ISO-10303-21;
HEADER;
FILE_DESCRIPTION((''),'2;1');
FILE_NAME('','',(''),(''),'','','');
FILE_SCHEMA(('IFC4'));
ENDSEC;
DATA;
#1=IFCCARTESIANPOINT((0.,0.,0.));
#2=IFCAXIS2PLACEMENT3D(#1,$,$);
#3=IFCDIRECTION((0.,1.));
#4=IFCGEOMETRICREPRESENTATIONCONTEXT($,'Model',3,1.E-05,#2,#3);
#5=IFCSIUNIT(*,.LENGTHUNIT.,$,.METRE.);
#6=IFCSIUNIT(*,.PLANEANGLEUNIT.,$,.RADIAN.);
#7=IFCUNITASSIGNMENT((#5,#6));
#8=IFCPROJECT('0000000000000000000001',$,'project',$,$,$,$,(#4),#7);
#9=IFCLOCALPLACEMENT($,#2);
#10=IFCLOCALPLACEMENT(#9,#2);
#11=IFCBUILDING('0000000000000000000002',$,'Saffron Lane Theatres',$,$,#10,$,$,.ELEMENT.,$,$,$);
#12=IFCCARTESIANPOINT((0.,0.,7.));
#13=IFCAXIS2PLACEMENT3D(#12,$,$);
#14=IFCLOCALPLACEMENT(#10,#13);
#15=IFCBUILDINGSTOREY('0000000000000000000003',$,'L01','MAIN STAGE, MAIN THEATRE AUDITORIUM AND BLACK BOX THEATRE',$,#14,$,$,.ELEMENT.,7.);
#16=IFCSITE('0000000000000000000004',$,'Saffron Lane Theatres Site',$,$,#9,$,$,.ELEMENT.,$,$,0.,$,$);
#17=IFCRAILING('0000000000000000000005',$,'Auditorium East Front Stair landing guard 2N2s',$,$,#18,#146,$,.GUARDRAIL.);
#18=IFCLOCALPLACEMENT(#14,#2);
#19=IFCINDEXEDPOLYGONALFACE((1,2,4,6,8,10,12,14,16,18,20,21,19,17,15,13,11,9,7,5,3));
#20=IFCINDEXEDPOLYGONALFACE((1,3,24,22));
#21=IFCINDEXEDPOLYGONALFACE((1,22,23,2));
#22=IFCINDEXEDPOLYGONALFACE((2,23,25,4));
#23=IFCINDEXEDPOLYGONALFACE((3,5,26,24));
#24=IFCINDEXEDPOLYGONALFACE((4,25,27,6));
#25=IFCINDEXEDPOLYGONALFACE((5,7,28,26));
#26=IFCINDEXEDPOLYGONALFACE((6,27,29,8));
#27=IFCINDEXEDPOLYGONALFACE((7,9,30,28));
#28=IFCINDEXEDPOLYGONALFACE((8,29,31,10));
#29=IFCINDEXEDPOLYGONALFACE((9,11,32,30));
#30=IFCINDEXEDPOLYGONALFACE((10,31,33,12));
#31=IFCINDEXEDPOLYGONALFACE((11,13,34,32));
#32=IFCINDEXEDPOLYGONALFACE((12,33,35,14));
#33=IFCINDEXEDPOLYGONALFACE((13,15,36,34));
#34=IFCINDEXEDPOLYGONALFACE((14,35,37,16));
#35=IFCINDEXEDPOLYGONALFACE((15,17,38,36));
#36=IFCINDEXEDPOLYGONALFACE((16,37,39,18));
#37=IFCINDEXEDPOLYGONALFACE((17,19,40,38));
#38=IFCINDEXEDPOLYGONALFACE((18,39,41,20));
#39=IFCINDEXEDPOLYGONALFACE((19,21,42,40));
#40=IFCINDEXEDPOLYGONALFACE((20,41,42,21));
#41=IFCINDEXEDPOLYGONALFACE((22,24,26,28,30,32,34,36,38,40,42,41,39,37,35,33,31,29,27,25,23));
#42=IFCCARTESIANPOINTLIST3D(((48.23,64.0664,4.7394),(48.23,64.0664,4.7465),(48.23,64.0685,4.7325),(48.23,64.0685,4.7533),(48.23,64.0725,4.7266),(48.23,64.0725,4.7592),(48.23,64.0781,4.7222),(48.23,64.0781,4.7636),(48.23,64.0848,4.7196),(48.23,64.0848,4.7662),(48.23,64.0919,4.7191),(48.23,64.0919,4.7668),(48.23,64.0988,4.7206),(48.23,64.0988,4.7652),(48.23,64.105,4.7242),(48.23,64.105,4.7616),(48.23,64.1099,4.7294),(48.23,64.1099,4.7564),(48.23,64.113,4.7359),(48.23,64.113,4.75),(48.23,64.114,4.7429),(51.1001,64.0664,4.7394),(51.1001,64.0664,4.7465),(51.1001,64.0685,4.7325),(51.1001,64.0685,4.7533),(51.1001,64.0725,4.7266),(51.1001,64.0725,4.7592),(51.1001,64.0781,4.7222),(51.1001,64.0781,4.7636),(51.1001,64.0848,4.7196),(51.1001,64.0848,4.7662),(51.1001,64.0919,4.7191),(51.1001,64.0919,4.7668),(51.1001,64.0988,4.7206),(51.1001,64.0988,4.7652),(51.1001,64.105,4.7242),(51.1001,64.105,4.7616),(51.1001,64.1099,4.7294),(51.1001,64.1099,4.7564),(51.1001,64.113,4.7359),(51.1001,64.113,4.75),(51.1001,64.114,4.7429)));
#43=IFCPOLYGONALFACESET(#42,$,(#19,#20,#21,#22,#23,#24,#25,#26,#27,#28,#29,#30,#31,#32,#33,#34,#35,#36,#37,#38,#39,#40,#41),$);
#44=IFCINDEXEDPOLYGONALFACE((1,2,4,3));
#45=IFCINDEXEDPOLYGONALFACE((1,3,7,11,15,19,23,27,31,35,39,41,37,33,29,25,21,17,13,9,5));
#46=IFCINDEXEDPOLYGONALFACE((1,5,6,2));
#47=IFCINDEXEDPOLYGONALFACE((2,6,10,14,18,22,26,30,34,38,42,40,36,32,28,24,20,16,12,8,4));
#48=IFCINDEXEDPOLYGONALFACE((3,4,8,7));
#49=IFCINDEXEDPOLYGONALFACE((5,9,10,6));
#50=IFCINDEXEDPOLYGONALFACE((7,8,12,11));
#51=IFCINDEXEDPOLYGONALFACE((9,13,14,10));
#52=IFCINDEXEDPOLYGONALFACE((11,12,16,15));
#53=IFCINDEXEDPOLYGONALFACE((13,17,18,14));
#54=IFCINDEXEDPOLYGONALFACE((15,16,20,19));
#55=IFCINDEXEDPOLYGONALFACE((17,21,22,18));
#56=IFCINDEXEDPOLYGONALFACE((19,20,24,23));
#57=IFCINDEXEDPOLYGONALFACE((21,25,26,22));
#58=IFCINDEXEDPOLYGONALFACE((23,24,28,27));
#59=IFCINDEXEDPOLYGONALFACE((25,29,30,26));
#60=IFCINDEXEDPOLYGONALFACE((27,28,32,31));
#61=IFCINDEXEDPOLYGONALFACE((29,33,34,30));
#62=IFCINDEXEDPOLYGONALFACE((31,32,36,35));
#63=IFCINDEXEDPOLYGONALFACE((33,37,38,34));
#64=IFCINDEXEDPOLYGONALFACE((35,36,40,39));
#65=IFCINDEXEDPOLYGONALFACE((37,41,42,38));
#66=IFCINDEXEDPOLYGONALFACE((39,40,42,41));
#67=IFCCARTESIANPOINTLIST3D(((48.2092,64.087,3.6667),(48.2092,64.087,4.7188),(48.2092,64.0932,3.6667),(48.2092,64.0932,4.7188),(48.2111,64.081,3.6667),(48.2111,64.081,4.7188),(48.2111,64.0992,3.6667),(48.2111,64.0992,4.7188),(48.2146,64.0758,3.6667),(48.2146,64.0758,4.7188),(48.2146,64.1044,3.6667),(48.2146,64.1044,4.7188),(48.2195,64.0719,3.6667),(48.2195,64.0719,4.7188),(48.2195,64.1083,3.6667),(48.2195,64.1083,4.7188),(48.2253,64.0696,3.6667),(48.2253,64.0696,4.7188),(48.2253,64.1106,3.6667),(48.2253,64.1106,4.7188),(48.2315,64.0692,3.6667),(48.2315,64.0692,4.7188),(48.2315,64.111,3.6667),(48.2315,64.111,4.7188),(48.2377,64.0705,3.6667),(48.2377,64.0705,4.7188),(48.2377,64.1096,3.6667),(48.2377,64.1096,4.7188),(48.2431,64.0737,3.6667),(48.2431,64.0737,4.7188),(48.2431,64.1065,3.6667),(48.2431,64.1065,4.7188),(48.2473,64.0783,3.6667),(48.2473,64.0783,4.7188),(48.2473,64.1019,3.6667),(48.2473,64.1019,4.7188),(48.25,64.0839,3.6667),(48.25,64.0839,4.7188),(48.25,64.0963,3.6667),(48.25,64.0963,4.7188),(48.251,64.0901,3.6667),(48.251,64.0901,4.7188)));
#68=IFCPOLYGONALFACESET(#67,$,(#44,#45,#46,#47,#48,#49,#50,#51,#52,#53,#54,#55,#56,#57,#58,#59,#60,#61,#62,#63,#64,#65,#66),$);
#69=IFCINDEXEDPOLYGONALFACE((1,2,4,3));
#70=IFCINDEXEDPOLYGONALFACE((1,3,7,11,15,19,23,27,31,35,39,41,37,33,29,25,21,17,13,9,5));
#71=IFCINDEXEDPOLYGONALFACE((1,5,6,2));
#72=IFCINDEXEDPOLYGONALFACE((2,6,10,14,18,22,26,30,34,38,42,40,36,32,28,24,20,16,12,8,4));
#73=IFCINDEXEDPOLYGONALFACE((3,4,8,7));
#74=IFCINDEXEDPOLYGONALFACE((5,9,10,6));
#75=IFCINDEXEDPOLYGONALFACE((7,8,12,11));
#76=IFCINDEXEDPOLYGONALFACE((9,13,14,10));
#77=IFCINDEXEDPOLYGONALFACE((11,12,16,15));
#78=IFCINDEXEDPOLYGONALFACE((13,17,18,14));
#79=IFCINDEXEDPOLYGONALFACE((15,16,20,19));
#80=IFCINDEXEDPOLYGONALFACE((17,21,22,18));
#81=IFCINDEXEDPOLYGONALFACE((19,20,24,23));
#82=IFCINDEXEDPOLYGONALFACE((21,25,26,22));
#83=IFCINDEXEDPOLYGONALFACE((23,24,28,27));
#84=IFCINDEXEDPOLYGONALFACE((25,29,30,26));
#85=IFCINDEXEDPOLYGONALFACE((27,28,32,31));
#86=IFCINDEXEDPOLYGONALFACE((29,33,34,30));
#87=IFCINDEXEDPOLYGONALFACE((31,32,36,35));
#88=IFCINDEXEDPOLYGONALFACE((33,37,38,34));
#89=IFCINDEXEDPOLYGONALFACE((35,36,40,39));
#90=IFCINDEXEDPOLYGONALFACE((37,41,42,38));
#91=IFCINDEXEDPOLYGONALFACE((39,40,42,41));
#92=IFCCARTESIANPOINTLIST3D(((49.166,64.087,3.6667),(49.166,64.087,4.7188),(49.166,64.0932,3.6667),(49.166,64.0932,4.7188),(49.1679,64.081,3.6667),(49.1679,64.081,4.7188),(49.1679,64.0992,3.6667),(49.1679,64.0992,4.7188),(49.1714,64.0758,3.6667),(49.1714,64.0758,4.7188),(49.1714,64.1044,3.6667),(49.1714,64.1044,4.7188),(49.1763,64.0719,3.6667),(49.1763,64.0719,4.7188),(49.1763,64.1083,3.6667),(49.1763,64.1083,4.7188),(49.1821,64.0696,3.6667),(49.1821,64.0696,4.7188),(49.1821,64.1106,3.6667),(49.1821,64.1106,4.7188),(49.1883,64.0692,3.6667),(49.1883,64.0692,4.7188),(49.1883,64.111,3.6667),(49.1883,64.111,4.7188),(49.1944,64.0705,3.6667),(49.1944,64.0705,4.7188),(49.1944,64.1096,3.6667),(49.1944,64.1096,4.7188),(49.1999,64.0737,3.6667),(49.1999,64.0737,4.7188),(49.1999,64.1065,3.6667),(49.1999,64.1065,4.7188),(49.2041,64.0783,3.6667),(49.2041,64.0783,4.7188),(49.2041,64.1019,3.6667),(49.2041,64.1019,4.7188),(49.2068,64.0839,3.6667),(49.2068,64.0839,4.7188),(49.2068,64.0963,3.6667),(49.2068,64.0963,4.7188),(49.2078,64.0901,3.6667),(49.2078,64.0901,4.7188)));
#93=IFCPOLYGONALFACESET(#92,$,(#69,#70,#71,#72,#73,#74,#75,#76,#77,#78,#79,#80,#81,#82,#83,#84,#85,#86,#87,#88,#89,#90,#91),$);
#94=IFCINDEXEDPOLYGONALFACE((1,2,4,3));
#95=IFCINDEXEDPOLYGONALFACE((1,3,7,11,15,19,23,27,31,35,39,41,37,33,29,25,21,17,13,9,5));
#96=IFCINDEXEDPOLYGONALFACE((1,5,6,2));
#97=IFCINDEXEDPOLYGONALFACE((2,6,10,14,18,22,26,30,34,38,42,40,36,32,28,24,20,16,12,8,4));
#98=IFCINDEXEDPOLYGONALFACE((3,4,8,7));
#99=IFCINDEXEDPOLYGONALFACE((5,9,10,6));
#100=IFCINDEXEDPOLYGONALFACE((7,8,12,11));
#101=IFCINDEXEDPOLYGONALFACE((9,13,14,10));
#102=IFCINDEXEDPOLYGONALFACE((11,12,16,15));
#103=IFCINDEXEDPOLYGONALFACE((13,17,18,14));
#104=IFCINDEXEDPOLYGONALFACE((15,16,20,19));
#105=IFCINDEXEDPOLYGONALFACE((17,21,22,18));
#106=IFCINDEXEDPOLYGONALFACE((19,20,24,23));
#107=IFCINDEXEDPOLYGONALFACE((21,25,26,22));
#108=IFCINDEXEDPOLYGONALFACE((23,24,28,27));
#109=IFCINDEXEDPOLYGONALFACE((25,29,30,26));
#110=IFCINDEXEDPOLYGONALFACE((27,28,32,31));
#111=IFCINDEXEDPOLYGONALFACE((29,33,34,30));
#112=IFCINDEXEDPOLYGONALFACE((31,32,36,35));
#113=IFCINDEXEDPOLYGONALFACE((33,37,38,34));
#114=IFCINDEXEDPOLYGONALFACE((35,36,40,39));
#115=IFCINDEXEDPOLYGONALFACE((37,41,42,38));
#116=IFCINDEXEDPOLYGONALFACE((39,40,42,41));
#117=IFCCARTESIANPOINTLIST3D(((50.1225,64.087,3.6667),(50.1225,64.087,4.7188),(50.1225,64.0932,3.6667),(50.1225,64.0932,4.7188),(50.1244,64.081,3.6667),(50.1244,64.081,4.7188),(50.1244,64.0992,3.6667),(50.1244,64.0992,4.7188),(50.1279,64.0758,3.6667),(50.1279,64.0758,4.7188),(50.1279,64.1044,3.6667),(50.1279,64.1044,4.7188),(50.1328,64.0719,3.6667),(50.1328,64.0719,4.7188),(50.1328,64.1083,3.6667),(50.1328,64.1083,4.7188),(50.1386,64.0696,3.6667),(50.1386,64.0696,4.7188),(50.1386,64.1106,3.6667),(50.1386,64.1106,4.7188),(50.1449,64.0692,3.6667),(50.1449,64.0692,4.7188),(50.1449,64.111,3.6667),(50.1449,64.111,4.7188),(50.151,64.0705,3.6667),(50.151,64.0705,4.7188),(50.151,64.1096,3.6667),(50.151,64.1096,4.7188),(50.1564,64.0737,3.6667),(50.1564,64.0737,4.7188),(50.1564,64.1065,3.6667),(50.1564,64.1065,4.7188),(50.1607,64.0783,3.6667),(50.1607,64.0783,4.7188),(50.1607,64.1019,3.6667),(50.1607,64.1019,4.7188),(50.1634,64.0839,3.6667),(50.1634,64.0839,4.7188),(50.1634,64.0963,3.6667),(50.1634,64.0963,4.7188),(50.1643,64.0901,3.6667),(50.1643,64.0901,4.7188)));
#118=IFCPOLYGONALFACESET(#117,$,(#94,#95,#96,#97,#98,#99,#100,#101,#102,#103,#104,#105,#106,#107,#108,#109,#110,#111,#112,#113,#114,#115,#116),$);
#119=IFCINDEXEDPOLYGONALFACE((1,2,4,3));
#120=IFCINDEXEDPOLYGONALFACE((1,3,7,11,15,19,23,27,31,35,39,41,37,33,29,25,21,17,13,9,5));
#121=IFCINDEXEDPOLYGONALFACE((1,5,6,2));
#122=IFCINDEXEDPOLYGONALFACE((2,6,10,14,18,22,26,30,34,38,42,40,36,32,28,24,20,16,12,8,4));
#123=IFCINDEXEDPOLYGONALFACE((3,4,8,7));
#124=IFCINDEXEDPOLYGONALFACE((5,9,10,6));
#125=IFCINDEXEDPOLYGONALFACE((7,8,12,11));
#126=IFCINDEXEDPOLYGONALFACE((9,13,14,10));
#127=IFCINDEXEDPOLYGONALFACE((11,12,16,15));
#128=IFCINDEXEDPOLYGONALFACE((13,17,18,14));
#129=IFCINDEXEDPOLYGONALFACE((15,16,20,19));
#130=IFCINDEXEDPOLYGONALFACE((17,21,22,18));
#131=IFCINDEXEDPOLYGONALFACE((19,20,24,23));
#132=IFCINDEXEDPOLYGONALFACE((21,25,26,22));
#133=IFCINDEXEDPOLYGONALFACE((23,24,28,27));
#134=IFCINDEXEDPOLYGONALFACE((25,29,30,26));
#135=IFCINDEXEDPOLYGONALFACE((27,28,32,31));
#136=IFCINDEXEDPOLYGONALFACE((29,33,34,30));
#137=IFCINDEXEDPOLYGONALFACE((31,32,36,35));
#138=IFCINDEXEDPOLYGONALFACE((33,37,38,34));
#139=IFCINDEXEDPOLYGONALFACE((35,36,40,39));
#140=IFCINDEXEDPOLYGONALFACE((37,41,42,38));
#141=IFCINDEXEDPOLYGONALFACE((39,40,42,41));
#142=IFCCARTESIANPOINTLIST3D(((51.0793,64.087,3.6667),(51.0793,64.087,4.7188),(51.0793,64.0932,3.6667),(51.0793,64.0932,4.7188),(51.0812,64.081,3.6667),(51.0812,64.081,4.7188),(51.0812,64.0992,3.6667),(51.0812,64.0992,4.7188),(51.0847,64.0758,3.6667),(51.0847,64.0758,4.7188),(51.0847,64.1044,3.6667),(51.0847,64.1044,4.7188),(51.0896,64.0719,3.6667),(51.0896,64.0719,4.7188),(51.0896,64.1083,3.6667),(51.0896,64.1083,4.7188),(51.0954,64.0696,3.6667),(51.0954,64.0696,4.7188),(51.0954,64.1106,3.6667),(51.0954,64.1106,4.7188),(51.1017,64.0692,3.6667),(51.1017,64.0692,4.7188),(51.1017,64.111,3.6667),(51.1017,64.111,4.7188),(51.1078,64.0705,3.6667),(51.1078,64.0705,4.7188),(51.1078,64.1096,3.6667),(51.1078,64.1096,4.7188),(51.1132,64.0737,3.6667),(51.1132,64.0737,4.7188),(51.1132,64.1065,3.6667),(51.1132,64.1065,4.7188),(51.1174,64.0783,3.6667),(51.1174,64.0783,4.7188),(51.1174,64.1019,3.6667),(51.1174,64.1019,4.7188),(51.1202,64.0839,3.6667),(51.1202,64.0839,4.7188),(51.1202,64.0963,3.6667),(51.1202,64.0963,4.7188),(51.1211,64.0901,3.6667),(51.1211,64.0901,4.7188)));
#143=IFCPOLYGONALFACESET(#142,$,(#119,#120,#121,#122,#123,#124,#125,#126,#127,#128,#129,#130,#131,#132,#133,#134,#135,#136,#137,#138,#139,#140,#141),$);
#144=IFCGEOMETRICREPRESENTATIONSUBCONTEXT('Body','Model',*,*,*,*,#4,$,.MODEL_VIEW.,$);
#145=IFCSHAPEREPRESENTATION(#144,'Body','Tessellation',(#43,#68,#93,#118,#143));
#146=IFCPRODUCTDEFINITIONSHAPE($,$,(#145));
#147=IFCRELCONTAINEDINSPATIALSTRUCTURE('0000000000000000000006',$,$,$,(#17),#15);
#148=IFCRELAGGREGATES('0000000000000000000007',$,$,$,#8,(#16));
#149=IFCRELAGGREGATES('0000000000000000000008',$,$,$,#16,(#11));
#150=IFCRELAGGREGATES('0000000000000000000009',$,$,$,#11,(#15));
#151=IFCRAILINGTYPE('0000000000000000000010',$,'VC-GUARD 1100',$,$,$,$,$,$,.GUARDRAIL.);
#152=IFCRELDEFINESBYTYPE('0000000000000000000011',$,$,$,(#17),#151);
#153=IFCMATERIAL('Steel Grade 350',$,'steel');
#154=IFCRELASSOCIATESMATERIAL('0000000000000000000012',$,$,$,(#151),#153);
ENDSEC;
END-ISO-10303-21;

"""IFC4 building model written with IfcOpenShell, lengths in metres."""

from ifc_helpers import new_model, si_unit, direction, frame, origin, origin_2d, place, context, subcontext, project, spatial, circle, extrude, material, type_object, element, save


model = new_model("IFC4")

# Units and contexts
model_context = context("Model", 3, precision=1e-05, world=origin(), true_north=direction((0.0, 1.0)))
body_context = subcontext(model_context, "Body", "Model", "MODEL_VIEW")
ifc_project = project(units=[si_unit("LENGTHUNIT", "METRE"), si_unit("PLANEANGLEUNIT", "RADIAN")], contexts=[model_context])

# Site, building, storey
site_placement = place(None, origin())
site = spatial("IfcSite", under=ifc_project, at=site_placement, Name="Saffron Lane Theatres Site", CompositionType="ELEMENT", RefElevation=0.0)
building_placement = place(site_placement, origin())
building = spatial("IfcBuilding", under=site, at=building_placement, Name="Saffron Lane Theatres", CompositionType="ELEMENT")
storey_placement = place(building_placement, frame((0.0, 0.0, 7.0)))
storey = spatial("IfcBuildingStorey", under=building, at=storey_placement, Name="L01", Description="MAIN STAGE, MAIN THEATRE AUDITORIUM AND BLACK BOX THEATRE", CompositionType="ELEMENT", Elevation=7.0)

# Railing
ifc_material_1 = material(Name="Steel Grade 350", Category="steel")
railing_type_1 = type_object("IfcRailingType", Name="VC-GUARD 1100", PredefinedType="GUARDRAIL", material=ifc_material_1)
railing_1_placement = place(storey_placement, frame((48.23, 64.0901, 3.6667)))
element("IfcRailing", 1, at=railing_1_placement, inside=storey, type_object=railing_type_1, Name="Auditorium East Front Stair landing guard 2N2s", PredefinedType="GUARDRAIL", context=body_context, shape_type="SweptSolid", body=[
    extrude(circle(Radius=0.0239, at=origin_2d()), frame((0.0, 0.0, 1.0762), z_axis=(1.0, 0.0, 0.0), x_axis=(0.0, 1.0, 0.0)), (0.0, 0.0, 1.0), 2.8701),
    extrude(circle(Radius=0.021, at=origin_2d()), origin(), (0.0, 0.0, 1.0), 1.052),
    extrude(circle(Radius=0.021, at=origin_2d()), frame((0.9568, 0.0, 0.0)), (0.0, 0.0, 1.0), 1.052),
    extrude(circle(Radius=0.021, at=origin_2d()), frame((1.9133, 0.0, 0.0)), (0.0, 0.0, 1.0), 1.052),
    extrude(circle(Radius=0.021, at=origin_2d()), frame((2.8701, 0.0, 0.0)), (0.0, 0.0, 1.0), 1.052),
])

save(model, "model.ifc")
